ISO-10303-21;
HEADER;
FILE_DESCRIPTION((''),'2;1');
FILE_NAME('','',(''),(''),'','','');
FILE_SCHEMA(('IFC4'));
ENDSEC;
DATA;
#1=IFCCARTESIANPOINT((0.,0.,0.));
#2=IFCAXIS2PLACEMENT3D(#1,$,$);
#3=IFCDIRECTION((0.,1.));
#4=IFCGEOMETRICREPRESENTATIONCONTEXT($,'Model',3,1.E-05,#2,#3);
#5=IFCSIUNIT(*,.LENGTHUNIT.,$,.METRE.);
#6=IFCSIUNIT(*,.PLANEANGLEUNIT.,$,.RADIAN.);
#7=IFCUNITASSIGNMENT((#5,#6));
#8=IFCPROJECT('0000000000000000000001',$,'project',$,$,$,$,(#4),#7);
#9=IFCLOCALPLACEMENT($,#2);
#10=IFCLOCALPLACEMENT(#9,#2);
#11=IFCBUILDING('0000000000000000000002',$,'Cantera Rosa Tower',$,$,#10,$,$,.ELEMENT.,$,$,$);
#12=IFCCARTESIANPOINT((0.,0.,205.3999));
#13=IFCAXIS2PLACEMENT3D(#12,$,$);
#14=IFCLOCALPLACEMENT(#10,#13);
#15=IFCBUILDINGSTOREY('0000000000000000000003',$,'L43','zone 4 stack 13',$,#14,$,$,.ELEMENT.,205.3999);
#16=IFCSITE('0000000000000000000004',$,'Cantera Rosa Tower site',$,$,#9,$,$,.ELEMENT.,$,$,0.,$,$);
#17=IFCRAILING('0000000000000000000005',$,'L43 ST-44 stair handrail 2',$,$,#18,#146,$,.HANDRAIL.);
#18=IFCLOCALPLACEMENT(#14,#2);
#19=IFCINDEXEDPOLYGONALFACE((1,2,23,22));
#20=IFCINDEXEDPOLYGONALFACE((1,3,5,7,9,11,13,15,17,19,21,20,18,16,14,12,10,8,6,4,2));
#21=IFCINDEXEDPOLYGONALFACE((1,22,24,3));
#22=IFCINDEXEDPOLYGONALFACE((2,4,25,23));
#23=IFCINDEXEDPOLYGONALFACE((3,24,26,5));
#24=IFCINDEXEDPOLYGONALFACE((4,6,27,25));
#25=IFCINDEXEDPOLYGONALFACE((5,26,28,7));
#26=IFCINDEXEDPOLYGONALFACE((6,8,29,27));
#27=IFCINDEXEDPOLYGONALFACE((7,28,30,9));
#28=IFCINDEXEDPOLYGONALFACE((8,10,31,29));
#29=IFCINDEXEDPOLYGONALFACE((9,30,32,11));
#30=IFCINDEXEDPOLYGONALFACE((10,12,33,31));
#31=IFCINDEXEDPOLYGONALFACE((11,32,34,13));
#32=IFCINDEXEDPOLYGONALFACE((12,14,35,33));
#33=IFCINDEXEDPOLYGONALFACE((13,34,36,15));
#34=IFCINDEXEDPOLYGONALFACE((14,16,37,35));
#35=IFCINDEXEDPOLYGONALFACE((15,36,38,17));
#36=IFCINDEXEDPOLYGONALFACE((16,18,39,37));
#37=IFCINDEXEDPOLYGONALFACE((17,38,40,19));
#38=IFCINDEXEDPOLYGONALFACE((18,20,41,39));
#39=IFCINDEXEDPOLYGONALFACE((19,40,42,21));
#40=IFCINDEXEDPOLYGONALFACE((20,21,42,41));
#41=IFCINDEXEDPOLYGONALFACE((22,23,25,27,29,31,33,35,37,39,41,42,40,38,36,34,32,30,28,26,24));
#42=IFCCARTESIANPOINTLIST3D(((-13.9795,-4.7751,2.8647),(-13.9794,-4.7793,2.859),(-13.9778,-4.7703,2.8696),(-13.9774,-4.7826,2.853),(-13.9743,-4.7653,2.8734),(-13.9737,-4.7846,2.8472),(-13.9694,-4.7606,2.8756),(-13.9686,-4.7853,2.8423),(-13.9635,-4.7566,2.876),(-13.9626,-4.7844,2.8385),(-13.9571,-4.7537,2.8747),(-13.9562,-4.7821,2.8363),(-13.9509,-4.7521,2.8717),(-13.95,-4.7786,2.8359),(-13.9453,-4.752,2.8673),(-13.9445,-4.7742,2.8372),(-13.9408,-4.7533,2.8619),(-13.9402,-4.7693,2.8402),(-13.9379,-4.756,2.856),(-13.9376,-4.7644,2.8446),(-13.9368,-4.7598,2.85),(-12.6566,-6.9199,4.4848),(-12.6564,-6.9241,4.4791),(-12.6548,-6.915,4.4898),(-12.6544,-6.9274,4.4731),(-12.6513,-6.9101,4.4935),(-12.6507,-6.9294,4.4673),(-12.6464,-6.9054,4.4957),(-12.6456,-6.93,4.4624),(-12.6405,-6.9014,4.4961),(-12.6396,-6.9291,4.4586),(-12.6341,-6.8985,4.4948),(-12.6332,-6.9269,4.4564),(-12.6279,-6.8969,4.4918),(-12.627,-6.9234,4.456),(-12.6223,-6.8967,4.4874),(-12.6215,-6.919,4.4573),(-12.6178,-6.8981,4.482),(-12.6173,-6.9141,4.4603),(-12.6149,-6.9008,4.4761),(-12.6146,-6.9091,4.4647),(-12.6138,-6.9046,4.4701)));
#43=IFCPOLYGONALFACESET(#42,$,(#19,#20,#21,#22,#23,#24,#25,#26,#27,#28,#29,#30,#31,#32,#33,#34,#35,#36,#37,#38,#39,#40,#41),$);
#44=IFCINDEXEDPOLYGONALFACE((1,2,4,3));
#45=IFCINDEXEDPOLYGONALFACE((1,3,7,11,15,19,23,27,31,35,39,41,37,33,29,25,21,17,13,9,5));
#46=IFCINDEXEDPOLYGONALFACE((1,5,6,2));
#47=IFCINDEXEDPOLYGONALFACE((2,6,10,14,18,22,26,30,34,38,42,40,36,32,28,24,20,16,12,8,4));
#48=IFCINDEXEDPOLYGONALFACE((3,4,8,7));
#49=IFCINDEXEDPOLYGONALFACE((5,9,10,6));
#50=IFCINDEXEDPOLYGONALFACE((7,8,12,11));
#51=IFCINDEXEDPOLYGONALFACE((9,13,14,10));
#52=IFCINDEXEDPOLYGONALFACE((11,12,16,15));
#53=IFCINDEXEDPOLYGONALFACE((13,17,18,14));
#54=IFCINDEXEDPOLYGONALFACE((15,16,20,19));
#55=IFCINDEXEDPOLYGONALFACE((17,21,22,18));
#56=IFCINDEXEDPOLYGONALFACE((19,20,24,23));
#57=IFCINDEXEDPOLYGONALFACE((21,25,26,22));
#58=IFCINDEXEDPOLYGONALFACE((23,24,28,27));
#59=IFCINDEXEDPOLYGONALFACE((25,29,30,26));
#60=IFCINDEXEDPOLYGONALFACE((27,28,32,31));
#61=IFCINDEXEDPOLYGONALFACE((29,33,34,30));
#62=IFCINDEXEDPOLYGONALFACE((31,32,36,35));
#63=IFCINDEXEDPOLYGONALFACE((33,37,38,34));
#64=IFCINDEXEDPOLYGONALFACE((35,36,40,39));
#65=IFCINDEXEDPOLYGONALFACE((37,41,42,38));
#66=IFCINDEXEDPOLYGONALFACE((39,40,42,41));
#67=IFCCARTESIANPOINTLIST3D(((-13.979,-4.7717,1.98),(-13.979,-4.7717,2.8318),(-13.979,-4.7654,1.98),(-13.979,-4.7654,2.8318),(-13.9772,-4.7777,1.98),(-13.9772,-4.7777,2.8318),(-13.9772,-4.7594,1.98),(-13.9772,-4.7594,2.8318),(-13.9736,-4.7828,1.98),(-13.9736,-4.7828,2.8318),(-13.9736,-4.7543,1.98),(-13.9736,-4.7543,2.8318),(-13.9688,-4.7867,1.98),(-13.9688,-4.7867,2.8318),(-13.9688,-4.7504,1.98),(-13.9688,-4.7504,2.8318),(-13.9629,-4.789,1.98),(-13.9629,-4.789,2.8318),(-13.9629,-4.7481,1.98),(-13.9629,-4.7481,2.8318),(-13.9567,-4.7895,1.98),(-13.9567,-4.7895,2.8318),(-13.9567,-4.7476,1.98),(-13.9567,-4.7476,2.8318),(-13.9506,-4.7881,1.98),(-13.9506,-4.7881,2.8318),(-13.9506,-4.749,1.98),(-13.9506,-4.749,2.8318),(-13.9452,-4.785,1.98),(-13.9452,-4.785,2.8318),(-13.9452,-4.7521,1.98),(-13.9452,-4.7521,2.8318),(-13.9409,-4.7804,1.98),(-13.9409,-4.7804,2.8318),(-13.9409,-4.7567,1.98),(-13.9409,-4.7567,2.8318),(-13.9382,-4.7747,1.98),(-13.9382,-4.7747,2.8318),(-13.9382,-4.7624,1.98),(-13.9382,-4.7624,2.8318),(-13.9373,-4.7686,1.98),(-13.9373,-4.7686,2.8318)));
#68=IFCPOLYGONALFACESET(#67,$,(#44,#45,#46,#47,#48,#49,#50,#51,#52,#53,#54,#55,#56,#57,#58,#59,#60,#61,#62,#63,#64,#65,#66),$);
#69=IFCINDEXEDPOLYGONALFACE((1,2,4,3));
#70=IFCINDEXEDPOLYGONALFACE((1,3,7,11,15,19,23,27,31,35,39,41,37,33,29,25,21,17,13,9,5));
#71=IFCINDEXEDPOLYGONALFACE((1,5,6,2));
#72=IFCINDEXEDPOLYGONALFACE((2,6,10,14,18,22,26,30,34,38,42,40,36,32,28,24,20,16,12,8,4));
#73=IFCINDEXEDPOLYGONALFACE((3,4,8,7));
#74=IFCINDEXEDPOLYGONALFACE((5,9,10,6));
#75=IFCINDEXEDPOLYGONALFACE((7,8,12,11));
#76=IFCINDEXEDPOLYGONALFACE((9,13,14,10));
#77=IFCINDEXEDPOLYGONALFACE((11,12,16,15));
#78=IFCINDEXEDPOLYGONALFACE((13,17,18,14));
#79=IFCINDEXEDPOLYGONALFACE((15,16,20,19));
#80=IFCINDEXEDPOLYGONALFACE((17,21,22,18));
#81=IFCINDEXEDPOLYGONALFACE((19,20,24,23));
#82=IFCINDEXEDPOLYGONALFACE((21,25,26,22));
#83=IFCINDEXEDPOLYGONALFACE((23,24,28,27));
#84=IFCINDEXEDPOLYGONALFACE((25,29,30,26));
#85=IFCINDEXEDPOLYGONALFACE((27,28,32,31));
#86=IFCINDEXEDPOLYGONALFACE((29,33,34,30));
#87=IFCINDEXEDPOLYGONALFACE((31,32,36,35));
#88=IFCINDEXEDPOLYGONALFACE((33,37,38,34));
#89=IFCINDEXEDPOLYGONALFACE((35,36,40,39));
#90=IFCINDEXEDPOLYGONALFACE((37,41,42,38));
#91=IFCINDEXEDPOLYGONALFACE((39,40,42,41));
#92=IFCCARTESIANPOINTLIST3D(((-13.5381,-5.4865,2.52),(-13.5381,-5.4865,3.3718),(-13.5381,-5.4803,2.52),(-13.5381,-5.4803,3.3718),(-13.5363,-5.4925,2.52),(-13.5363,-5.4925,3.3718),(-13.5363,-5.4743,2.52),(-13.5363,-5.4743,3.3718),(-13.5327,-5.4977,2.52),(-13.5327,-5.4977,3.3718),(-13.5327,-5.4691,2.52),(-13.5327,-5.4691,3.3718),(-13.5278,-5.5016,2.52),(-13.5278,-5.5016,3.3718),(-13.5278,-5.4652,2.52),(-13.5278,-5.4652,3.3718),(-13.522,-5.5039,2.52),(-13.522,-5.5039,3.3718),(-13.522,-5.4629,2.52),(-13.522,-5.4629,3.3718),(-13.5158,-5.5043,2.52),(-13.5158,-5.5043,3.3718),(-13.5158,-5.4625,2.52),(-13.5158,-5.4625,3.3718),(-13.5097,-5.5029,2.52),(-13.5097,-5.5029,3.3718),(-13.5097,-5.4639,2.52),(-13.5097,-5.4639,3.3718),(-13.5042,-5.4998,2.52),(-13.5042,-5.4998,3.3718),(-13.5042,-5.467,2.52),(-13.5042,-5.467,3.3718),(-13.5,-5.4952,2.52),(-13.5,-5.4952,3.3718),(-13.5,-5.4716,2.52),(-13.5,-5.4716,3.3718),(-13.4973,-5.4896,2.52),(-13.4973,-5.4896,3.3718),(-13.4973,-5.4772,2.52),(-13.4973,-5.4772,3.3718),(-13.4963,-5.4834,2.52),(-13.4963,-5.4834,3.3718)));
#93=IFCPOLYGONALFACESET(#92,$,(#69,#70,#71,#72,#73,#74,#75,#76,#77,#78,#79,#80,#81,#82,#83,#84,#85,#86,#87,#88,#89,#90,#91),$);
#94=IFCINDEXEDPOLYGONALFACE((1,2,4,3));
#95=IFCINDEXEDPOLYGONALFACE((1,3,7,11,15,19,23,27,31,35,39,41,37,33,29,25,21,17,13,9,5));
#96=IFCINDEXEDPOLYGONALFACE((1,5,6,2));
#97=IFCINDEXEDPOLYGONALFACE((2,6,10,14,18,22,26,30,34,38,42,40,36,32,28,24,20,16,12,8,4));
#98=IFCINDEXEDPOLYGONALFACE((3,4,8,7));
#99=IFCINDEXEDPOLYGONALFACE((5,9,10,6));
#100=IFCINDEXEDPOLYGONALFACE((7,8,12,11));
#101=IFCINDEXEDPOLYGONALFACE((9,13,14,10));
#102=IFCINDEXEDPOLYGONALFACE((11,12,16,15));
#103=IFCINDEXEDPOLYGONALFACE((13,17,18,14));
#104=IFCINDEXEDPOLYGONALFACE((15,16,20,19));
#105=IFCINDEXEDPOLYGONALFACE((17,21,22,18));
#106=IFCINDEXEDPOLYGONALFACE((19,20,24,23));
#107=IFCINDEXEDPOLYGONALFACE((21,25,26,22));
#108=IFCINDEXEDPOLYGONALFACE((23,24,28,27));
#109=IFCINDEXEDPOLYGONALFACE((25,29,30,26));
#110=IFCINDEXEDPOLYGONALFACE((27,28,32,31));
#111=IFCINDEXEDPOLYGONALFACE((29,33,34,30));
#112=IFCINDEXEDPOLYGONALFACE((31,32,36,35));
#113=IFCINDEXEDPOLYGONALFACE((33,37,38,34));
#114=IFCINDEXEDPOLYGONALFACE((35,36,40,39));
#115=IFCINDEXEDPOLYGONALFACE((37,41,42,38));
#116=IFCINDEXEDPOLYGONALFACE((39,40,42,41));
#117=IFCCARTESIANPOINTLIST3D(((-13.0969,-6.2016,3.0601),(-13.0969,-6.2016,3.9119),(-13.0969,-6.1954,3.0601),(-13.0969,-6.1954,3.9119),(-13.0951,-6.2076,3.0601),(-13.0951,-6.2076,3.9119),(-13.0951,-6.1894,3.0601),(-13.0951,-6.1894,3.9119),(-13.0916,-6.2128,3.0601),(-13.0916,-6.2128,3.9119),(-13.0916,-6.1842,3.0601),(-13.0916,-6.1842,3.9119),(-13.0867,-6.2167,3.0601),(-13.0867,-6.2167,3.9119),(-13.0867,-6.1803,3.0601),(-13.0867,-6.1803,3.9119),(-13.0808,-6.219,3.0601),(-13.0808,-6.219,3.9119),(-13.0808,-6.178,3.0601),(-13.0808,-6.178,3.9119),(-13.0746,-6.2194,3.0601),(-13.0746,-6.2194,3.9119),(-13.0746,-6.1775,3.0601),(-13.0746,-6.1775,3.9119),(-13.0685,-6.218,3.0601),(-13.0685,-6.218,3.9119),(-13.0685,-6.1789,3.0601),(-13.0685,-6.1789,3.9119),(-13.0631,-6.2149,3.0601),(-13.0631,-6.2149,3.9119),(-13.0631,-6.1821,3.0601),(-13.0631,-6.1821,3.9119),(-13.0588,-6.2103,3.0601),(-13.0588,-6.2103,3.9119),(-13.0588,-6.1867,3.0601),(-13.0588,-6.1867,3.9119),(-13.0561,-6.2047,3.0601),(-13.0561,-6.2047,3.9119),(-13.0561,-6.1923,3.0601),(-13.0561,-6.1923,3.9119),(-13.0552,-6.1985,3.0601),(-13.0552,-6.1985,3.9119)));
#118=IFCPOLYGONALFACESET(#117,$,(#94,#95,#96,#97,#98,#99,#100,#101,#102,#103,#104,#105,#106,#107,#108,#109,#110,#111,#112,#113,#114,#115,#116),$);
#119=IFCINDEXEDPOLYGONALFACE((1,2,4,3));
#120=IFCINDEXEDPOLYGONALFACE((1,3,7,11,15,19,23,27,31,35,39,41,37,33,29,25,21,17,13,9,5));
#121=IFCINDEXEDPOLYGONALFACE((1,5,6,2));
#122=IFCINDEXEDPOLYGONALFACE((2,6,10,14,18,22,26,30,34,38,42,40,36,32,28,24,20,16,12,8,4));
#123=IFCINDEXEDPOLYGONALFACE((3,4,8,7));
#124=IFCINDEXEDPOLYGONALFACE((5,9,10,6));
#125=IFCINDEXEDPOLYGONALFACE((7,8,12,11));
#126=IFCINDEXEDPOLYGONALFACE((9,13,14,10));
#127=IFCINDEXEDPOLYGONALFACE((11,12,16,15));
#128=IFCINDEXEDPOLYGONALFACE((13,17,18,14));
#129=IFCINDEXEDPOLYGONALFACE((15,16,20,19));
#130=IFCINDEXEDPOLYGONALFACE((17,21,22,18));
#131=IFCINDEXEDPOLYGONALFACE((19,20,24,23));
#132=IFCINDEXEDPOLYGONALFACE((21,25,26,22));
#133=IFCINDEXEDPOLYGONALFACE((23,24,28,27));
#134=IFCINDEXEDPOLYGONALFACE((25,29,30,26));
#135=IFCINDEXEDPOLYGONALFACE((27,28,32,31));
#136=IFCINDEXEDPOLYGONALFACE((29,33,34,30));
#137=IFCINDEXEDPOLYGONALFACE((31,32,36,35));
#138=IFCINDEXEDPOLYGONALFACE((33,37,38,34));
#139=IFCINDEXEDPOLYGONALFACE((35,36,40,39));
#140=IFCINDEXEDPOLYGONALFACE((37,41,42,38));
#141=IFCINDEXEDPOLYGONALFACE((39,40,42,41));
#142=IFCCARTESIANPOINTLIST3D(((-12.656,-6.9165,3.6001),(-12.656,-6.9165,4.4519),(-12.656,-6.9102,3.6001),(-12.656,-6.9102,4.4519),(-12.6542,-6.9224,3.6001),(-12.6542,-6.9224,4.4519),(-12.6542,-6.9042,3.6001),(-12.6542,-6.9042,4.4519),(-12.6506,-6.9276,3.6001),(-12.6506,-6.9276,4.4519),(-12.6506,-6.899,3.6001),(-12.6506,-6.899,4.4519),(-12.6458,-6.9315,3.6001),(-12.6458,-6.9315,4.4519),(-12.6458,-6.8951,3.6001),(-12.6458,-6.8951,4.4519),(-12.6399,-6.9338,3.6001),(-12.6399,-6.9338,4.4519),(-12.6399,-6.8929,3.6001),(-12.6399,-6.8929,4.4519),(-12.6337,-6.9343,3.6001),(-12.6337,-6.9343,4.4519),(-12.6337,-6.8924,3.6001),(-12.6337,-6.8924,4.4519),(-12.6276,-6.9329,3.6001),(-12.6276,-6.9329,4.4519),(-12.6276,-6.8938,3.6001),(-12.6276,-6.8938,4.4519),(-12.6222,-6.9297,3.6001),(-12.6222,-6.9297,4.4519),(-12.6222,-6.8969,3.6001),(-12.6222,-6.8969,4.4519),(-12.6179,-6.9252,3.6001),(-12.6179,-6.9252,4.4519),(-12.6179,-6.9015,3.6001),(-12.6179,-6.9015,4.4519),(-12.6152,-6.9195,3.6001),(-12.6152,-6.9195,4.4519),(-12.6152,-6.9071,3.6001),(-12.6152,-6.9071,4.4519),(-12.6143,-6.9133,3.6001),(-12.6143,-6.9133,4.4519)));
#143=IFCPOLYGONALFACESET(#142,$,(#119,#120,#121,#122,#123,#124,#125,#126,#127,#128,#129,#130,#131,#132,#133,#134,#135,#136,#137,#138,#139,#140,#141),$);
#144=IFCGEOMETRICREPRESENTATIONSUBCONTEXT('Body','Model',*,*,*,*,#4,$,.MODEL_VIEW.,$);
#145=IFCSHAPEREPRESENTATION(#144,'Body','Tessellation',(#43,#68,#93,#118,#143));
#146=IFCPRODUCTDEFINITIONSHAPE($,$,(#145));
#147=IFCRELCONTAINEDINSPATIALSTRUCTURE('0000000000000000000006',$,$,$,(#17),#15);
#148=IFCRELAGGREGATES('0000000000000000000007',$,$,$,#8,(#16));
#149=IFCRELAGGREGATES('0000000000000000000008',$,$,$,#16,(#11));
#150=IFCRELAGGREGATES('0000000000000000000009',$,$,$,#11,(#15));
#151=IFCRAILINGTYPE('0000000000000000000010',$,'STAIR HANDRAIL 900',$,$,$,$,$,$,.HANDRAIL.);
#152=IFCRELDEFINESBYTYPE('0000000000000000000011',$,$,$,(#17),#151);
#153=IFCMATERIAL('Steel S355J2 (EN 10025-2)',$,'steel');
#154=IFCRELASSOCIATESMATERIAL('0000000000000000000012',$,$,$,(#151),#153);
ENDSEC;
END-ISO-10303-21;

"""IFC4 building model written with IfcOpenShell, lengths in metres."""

from ifc_helpers import new_model, si_unit, direction, frame, origin, origin_2d, place, context, subcontext, project, spatial, circle, extrude, material, type_object, element, save


model = new_model("IFC4")

# Units and contexts
model_context = context("Model", 3, precision=1e-05, world=origin(), true_north=direction((0.0, 1.0)))
body_context = subcontext(model_context, "Body", "Model", "MODEL_VIEW")
ifc_project = project(units=[si_unit("LENGTHUNIT", "METRE"), si_unit("PLANEANGLEUNIT", "RADIAN")], contexts=[model_context])

# Site, building, storey
site_placement = place(None, origin())
site = spatial("IfcSite", under=ifc_project, at=site_placement, Name="Cantera Rosa Tower site", CompositionType="ELEMENT", RefElevation=0.0)
building_placement = place(site_placement, origin())
building = spatial("IfcBuilding", under=site, at=building_placement, Name="Cantera Rosa Tower", CompositionType="ELEMENT")
storey_placement = place(building_placement, frame((0.0, 0.0, 205.3999)))
storey = spatial("IfcBuildingStorey", under=building, at=storey_placement, Name="L43", Description="zone 4 stack 13", CompositionType="ELEMENT", Elevation=205.3999)

# Railing
ifc_material_1 = material(Name="Steel S355J2 (EN 10025-2)", Category="steel")
railing_type_1 = type_object("IfcRailingType", Name="STAIR HANDRAIL 900", PredefinedType="HANDRAIL", material=ifc_material_1)
railing_1_placement = place(storey_placement, frame((-13.9583, -4.7686, 1.98)))
element("IfcRailing", 1, at=railing_1_placement, inside=storey, type_object=railing_type_1, Name="L43 ST-44 stair handrail 2", PredefinedType="HANDRAIL", context=body_context, shape_type="SweptSolid", body=[
    extrude(circle(Radius=0.0239, at=origin_2d()), frame((0.0, 0.0, 0.876), z_axis=(0.441609, -0.715914, 0.540786), x_axis=(0.851102, 0.525, 0.0)), (0.0, 0.0, 1.0), 2.9958),
    extrude(circle(Radius=0.021, at=origin_2d()), origin(), (0.0, 0.0, 1.0), 0.8518),
    extrude(circle(Radius=0.021, at=origin_2d()), frame((0.4409, -0.7148, 0.54)), (0.0, 0.0, 1.0), 0.8518),
    extrude(circle(Radius=0.021, at=origin_2d()), frame((0.8821, -1.4299, 1.0801)), (0.0, 0.0, 1.0), 0.8518),
    extrude(circle(Radius=0.021, at=origin_2d()), frame((1.323, -2.1448, 1.6201)), (0.0, 0.0, 1.0), 0.8518),
])

save(model, "model.ifc")
